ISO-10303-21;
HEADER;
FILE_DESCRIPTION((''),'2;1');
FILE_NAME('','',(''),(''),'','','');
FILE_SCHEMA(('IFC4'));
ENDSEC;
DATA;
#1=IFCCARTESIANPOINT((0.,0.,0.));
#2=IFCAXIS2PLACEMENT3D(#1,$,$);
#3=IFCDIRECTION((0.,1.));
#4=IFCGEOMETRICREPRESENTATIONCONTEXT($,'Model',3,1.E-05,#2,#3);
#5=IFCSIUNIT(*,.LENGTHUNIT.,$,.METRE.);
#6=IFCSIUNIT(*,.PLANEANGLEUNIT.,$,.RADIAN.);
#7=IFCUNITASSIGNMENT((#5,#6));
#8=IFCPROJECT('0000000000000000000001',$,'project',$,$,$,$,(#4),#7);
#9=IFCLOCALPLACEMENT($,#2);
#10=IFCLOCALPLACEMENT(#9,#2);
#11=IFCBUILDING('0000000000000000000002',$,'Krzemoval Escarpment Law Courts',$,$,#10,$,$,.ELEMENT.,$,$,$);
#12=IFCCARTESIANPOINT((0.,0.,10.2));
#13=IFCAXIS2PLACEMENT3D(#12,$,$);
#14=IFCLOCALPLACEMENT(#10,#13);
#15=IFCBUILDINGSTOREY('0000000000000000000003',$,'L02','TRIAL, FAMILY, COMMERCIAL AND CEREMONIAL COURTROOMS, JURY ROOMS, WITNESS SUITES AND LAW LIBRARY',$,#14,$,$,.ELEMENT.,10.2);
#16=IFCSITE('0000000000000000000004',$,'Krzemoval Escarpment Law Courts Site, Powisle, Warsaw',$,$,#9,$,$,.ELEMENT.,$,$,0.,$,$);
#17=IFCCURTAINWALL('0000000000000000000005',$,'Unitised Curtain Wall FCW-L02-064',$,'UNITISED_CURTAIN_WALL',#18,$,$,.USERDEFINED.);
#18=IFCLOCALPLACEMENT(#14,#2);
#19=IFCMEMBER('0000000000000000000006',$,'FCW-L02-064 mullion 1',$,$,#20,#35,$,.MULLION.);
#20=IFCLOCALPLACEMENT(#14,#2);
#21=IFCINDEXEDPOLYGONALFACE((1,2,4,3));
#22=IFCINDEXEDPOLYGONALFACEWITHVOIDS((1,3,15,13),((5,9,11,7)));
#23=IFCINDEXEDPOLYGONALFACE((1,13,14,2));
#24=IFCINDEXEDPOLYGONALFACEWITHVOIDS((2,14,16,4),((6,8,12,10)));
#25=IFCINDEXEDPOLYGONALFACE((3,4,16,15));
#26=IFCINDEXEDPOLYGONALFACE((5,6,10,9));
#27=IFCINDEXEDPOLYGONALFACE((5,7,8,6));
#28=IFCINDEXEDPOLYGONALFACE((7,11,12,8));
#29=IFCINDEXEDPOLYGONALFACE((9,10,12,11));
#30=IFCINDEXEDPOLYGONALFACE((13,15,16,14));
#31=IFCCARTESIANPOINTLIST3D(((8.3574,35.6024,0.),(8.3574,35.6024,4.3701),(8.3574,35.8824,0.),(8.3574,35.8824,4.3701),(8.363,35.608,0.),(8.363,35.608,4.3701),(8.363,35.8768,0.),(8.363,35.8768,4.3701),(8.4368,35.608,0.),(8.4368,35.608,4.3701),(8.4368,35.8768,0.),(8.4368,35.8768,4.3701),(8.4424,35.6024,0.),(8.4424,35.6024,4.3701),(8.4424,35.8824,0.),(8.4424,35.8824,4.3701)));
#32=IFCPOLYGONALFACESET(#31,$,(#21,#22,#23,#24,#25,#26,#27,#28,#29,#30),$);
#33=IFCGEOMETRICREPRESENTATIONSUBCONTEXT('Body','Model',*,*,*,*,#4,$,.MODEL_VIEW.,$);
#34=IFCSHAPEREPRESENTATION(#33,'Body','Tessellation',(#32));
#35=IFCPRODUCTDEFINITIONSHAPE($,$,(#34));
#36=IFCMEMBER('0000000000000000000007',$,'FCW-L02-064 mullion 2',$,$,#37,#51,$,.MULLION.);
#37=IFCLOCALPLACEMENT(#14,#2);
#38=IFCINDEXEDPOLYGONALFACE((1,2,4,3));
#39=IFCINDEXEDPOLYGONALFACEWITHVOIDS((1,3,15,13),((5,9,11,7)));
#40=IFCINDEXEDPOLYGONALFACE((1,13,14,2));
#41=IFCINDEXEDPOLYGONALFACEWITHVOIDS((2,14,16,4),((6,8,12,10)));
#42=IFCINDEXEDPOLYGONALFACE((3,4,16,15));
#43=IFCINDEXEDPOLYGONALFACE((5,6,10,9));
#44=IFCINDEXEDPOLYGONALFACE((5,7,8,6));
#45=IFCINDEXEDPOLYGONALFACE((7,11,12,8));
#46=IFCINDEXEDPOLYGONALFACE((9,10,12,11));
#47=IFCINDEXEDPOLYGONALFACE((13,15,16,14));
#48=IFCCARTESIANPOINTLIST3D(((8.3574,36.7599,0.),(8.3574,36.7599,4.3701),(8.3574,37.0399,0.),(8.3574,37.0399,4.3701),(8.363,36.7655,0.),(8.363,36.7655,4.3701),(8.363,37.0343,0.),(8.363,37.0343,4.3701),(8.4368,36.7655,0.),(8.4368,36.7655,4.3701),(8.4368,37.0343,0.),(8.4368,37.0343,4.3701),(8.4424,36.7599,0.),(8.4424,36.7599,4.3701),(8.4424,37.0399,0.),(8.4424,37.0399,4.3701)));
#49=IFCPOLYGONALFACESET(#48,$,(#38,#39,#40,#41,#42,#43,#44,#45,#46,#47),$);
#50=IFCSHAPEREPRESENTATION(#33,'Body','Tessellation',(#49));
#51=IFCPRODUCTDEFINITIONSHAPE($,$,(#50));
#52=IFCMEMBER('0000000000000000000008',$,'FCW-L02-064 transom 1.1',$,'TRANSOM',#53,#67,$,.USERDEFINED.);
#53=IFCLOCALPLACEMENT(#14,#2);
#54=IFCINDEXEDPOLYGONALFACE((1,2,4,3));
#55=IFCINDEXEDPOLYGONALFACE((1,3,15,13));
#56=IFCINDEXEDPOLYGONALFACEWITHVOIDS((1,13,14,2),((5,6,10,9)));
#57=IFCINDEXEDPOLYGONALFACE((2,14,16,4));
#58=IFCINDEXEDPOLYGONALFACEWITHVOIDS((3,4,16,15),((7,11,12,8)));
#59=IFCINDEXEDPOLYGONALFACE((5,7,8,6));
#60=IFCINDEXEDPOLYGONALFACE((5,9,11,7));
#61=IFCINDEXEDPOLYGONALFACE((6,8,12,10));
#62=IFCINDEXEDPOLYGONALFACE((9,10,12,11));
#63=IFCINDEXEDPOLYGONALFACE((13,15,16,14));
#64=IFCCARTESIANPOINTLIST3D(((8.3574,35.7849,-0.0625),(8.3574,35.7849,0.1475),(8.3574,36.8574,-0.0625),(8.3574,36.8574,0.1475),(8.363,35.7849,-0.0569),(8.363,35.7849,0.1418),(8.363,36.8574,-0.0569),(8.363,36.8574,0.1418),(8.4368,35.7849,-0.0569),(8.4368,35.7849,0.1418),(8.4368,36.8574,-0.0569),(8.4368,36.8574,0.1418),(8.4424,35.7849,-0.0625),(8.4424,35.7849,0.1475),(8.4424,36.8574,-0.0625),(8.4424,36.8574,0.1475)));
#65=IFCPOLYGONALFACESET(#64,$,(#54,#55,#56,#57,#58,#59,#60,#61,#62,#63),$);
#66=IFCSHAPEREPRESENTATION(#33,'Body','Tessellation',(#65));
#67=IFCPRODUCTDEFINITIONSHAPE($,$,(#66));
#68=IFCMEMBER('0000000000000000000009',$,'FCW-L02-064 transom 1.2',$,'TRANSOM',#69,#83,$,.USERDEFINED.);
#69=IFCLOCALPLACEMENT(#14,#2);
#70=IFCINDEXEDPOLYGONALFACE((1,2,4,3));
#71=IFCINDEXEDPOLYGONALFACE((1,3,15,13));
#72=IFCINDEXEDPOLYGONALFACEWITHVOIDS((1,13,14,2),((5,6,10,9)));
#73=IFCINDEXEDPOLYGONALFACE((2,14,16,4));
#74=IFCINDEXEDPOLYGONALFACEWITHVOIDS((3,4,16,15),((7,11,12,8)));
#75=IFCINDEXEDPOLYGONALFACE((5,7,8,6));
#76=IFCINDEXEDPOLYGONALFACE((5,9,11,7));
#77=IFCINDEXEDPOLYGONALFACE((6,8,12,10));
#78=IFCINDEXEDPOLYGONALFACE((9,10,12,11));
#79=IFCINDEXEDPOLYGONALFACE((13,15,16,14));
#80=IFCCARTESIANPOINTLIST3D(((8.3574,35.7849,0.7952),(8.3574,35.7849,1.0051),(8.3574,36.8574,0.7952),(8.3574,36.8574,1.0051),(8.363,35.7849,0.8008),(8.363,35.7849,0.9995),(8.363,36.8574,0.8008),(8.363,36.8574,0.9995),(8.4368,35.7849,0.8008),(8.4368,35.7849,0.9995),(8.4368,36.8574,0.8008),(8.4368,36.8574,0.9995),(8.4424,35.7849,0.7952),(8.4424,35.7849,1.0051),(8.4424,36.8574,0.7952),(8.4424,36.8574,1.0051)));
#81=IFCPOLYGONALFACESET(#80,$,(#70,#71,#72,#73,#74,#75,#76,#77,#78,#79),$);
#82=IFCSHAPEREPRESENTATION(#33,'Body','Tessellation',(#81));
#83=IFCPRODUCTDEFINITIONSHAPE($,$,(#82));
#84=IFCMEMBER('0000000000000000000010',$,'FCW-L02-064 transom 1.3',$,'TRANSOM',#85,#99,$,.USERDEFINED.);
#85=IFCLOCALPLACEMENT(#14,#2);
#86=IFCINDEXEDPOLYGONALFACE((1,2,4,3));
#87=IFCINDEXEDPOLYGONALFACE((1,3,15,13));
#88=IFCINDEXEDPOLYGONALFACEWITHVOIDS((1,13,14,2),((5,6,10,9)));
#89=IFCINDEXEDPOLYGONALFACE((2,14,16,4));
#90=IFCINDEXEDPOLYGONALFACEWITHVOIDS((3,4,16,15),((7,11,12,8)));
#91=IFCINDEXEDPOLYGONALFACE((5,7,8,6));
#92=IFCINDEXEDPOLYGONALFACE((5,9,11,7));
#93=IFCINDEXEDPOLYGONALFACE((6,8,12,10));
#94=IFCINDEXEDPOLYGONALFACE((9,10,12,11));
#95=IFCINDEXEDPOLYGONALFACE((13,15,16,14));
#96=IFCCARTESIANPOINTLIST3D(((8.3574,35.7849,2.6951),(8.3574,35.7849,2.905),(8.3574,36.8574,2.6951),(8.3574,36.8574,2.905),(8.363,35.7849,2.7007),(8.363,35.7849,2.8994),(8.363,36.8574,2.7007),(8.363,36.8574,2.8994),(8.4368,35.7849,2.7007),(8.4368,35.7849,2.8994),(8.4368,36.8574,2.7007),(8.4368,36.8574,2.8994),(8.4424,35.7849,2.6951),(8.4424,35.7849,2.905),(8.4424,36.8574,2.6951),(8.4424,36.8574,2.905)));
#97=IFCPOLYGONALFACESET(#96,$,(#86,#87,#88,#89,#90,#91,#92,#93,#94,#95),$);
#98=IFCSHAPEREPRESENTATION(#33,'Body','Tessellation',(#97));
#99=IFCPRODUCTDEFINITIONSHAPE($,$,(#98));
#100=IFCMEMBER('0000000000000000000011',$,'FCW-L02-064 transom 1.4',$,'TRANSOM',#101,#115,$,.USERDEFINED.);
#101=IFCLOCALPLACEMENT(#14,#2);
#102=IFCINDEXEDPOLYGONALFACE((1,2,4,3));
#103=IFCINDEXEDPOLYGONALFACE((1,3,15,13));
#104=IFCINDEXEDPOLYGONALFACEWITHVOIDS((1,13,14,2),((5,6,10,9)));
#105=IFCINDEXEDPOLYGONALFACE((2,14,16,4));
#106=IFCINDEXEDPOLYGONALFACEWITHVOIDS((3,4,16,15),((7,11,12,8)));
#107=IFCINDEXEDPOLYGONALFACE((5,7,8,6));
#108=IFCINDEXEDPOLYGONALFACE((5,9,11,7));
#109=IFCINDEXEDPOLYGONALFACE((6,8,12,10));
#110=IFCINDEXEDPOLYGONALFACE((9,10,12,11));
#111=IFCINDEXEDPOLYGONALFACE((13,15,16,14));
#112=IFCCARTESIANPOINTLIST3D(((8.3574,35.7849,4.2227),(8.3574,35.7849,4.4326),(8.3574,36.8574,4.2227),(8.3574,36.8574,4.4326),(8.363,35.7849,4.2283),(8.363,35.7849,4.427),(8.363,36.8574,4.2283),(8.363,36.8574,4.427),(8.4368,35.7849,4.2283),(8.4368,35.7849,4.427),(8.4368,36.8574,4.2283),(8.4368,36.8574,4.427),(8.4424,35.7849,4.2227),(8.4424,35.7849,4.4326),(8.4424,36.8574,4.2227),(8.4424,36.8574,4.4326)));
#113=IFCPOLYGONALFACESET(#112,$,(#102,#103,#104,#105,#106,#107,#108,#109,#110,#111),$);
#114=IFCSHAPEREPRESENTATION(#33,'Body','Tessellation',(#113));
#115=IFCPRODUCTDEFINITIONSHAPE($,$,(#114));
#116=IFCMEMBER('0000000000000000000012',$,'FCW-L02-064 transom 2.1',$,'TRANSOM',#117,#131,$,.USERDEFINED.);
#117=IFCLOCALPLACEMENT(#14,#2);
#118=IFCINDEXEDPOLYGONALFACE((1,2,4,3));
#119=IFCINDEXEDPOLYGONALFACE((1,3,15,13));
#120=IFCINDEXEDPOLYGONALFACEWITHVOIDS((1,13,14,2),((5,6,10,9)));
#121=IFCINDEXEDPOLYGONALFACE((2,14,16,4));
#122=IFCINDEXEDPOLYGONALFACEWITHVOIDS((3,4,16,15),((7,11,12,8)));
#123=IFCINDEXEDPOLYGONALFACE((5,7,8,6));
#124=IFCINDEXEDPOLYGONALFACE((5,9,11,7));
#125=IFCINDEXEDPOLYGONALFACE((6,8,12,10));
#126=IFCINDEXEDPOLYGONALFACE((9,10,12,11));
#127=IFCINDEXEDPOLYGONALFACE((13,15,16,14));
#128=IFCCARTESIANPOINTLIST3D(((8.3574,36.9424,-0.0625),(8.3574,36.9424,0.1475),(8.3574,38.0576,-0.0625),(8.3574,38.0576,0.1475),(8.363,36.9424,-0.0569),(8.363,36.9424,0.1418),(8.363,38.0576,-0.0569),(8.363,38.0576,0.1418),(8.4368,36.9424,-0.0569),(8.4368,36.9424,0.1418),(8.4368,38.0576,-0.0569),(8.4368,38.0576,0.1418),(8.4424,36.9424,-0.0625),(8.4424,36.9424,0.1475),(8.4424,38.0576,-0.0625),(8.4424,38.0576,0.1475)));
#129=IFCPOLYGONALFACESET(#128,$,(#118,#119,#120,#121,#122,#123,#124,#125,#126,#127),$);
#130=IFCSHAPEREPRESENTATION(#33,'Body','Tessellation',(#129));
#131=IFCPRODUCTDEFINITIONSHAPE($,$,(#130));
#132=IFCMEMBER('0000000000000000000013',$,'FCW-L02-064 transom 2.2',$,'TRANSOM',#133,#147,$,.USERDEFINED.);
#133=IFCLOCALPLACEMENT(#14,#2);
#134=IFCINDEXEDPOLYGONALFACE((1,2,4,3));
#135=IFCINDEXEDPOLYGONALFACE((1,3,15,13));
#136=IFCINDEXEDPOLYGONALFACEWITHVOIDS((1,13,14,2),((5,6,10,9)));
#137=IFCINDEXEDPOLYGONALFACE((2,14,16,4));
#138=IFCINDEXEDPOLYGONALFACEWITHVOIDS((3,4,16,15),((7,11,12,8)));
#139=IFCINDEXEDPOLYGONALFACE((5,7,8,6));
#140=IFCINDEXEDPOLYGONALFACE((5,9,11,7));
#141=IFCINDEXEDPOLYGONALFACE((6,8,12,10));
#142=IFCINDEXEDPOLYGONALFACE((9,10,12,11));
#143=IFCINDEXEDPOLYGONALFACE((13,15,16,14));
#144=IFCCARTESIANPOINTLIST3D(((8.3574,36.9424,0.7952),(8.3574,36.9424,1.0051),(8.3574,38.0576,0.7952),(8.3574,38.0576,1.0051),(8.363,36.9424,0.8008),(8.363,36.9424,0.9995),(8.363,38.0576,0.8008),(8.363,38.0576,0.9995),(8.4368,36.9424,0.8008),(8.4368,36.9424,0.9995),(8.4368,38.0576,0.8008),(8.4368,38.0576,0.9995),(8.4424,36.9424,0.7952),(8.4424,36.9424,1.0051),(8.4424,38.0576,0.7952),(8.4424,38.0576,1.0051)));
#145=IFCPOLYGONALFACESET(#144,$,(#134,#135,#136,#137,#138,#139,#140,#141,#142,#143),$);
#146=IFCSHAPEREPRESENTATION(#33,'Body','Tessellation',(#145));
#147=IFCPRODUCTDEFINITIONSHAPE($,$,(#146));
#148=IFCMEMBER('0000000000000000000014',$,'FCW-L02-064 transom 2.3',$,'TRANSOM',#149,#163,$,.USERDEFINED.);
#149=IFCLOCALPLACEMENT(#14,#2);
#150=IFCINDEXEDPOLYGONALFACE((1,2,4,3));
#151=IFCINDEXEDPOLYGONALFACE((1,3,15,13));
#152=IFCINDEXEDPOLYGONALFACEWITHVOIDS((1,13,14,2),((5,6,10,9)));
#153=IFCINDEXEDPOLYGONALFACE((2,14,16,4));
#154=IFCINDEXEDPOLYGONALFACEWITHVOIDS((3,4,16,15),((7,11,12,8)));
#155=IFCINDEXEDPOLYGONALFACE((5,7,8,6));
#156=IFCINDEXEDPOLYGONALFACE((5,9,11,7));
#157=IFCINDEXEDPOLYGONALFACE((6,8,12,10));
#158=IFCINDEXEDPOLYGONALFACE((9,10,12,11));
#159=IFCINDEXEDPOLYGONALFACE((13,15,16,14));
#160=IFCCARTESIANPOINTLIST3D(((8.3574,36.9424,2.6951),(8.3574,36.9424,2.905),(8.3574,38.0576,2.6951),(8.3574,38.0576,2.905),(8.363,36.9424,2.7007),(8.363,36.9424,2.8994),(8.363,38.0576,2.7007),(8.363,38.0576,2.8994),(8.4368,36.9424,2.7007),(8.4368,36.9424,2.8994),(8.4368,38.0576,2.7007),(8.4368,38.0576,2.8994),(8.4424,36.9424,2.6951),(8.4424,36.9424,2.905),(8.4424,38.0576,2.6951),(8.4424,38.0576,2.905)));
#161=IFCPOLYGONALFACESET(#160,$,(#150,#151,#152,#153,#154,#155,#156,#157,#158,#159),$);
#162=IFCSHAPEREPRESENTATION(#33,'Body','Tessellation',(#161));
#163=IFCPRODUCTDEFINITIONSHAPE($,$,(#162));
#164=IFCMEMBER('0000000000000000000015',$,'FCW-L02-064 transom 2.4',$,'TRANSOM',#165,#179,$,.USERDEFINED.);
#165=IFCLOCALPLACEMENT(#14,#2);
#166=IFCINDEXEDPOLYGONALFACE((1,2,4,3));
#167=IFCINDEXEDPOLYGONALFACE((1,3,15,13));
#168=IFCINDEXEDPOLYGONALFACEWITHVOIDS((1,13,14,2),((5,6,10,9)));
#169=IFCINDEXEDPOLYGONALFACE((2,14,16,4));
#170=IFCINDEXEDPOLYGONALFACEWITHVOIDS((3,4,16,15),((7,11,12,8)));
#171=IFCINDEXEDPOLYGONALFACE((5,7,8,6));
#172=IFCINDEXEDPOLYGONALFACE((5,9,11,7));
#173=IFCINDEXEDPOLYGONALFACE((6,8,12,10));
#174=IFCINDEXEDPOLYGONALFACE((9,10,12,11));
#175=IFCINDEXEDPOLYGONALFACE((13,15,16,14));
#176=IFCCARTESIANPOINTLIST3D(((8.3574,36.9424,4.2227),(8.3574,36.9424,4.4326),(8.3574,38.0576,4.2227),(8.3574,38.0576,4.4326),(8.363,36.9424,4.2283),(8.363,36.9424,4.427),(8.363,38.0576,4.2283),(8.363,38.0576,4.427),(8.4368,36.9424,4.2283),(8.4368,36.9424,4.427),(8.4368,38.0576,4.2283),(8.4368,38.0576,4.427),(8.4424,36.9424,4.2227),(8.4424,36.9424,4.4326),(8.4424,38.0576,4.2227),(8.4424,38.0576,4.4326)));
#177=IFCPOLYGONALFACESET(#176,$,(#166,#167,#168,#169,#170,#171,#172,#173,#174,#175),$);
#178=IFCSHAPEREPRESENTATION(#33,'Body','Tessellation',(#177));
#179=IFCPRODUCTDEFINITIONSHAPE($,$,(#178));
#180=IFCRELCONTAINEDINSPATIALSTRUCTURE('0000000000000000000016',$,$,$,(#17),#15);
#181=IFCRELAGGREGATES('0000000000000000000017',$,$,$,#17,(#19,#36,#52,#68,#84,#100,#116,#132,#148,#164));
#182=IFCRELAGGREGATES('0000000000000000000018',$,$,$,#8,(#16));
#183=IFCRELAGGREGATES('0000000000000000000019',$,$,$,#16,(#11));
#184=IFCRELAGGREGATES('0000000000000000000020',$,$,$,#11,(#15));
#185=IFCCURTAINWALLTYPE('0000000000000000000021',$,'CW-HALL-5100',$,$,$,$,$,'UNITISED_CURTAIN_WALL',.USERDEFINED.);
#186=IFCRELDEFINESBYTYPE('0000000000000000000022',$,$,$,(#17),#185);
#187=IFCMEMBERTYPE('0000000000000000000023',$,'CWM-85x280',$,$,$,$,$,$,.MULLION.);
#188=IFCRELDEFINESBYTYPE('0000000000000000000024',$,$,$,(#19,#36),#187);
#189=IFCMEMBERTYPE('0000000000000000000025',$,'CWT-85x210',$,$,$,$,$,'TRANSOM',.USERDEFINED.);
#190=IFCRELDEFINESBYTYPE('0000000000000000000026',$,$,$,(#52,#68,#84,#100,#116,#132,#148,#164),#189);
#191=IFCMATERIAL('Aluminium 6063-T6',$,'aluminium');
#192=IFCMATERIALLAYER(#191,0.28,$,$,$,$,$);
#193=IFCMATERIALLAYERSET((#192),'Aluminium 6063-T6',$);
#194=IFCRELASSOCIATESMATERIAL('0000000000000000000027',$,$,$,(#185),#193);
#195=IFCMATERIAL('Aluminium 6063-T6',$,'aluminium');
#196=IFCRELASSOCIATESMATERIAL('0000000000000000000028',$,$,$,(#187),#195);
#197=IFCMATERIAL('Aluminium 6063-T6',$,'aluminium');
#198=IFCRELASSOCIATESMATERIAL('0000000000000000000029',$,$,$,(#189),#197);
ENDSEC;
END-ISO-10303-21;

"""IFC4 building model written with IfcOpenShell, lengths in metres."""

from ifc_helpers import new_model, si_unit, direction, frame, origin, origin_2d, place, context, subcontext, project, spatial, hollow_rectangle, extrude, material, layer, layer_set, material_profile, profile_set, type_object, element, aggregate, save


model = new_model("IFC4")

# Units and contexts
model_context = context("Model", 3, precision=1e-05, world=origin(), true_north=direction((0.0, 1.0)))
body_context = subcontext(model_context, "Body", "Model", "MODEL_VIEW")
ifc_project = project(units=[si_unit("LENGTHUNIT", "METRE"), si_unit("PLANEANGLEUNIT", "RADIAN")], contexts=[model_context])

# Site, building, storey
site_placement = place(None, origin())
site = spatial("IfcSite", under=ifc_project, at=site_placement, Name="Krzemoval Escarpment Law Courts Site, Powisle, Warsaw", CompositionType="ELEMENT", RefElevation=0.0)
building_placement = place(site_placement, origin())
building = spatial("IfcBuilding", under=site, at=building_placement, Name="Krzemoval Escarpment Law Courts", CompositionType="ELEMENT")
storey_placement = place(building_placement, frame((0.0, 0.0, 10.2)))
storey = spatial("IfcBuildingStorey", under=building, at=storey_placement, Name="L02", Description="TRIAL, FAMILY, COMMERCIAL AND CEREMONIAL COURTROOMS, JURY ROOMS, WITNESS SUITES AND LAW LIBRARY", CompositionType="ELEMENT", Elevation=10.2)

# Curtain wall, members
ifc_material_1 = material(Name="Aluminium 6063-T6", Category="aluminium")
ifc_layer_1 = layer(ifc_material_1, 0.28)
ifc_layer_set_1 = layer_set([ifc_layer_1], Name="Aluminium 6063-T6")
curtain_wall_type = type_object("IfcCurtainWallType", Name="CW-HALL-5100", ElementType="UNITISED_CURTAIN_WALL", PredefinedType="USERDEFINED", material=ifc_layer_set_1)
curtain_wall_placement = place(storey_placement, origin())
curtain_wall = element("IfcCurtainWall", 1, at=curtain_wall_placement, inside=storey, type_object=curtain_wall_type, Name="Unitised Curtain Wall FCW-L02-064", ObjectType="UNITISED_CURTAIN_WALL", PredefinedType="USERDEFINED")
ifc_material_2 = material(Name="Aluminium 6063-T6", Category="aluminium")
ifc_material_profile_1 = material_profile(ifc_material_2, hollow_rectangle(XDim=0.085, YDim=0.28, WallThickness=0.0056, at=origin_2d()), Name="ALU M85x280")
ifc_profile_set_1 = profile_set([ifc_material_profile_1], Name="Aluminium 6063-T6")
member_type_1 = type_object("IfcMemberType", Name="CWM-85x280", PredefinedType="MULLION", material=ifc_profile_set_1)
member_1_placement = place(storey_placement, frame((8.3999, 35.7424, 0.0), z_axis=(0.0, 0.0, 1.0), x_axis=(-1.0, 0.0, 0.0)))
member_1 = element("IfcMember", 2, at=member_1_placement, type_object=member_type_1, Name="FCW-L02-064 mullion 1", PredefinedType="MULLION", context=body_context, shape_type="SweptSolid", body=[
    extrude(hollow_rectangle(XDim=0.085, YDim=0.28, WallThickness=0.0056, at=origin_2d()), origin(), (0.0, 0.0, 1.0), 4.3701),
])
member_2_placement = place(storey_placement, frame((8.3999, 36.8999, 0.0), z_axis=(0.0, 0.0, 1.0), x_axis=(-1.0, 0.0, 0.0)))
member_2 = element("IfcMember", 3, at=member_2_placement, type_object=member_type_1, Name="FCW-L02-064 mullion 2", PredefinedType="MULLION", context=body_context, shape_type="SweptSolid", body=[
    extrude(hollow_rectangle(XDim=0.085, YDim=0.28, WallThickness=0.0056, at=origin_2d()), origin(), (0.0, 0.0, 1.0), 4.3701),
])
ifc_material_3 = material(Name="Aluminium 6063-T6", Category="aluminium")
ifc_material_profile_2 = material_profile(ifc_material_3, hollow_rectangle(XDim=0.085, YDim=0.21, WallThickness=0.0056, at=origin_2d()), Name="ALU T85x210")
ifc_profile_set_2 = profile_set([ifc_material_profile_2], Name="Aluminium 6063-T6")
member_type_2 = type_object("IfcMemberType", Name="CWT-85x210", ElementType="TRANSOM", PredefinedType="USERDEFINED", material=ifc_profile_set_2)
member_3_placement = place(storey_placement, frame((8.3999, 35.7849, 0.0425), z_axis=(0.0, 1.0, 0.0), x_axis=(-1.0, 0.0, 0.0)))
member_3 = element("IfcMember", 4, at=member_3_placement, type_object=member_type_2, Name="FCW-L02-064 transom 1.1", ObjectType="TRANSOM", PredefinedType="USERDEFINED", context=body_context, shape_type="SweptSolid", body=[
    extrude(hollow_rectangle(XDim=0.085, YDim=0.21, WallThickness=0.0056, at=origin_2d()), origin(), (0.0, 0.0, 1.0), 1.0725),
])
member_4_placement = place(storey_placement, frame((8.3999, 35.7849, 0.9001), z_axis=(0.0, 1.0, 0.0), x_axis=(-1.0, 0.0, 0.0)))
member_4 = element("IfcMember", 5, at=member_4_placement, type_object=member_type_2, Name="FCW-L02-064 transom 1.2", ObjectType="TRANSOM", PredefinedType="USERDEFINED", context=body_context, shape_type="SweptSolid", body=[
    extrude(hollow_rectangle(XDim=0.085, YDim=0.21, WallThickness=0.0056, at=origin_2d()), origin(), (0.0, 0.0, 1.0), 1.0725),
])
member_5_placement = place(storey_placement, frame((8.3999, 35.7849, 2.8), z_axis=(0.0, 1.0, 0.0), x_axis=(-1.0, 0.0, 0.0)))
member_5 = element("IfcMember", 6, at=member_5_placement, type_object=member_type_2, Name="FCW-L02-064 transom 1.3", ObjectType="TRANSOM", PredefinedType="USERDEFINED", context=body_context, shape_type="SweptSolid", body=[
    extrude(hollow_rectangle(XDim=0.085, YDim=0.21, WallThickness=0.0056, at=origin_2d()), origin(), (0.0, 0.0, 1.0), 1.0725),
])
member_6_placement = place(storey_placement, frame((8.3999, 35.7849, 4.3276), z_axis=(0.0, 1.0, 0.0), x_axis=(-1.0, 0.0, 0.0)))
member_6 = element("IfcMember", 7, at=member_6_placement, type_object=member_type_2, Name="FCW-L02-064 transom 1.4", ObjectType="TRANSOM", PredefinedType="USERDEFINED", context=body_context, shape_type="SweptSolid", body=[
    extrude(hollow_rectangle(XDim=0.085, YDim=0.21, WallThickness=0.0056, at=origin_2d()), origin(), (0.0, 0.0, 1.0), 1.0725),
])
member_7_placement = place(storey_placement, frame((8.3999, 36.9424, 0.0425), z_axis=(0.0, 1.0, 0.0), x_axis=(-1.0, 0.0, 0.0)))
member_7 = element("IfcMember", 8, at=member_7_placement, type_object=member_type_2, Name="FCW-L02-064 transom 2.1", ObjectType="TRANSOM", PredefinedType="USERDEFINED", context=body_context, shape_type="SweptSolid", body=[
    extrude(hollow_rectangle(XDim=0.085, YDim=0.21, WallThickness=0.0056, at=origin_2d()), origin(), (0.0, 0.0, 1.0), 1.1152),
])
member_8_placement = place(storey_placement, frame((8.3999, 36.9424, 0.9001), z_axis=(0.0, 1.0, 0.0), x_axis=(-1.0, 0.0, 0.0)))
member_8 = element("IfcMember", 9, at=member_8_placement, type_object=member_type_2, Name="FCW-L02-064 transom 2.2", ObjectType="TRANSOM", PredefinedType="USERDEFINED", context=body_context, shape_type="SweptSolid", body=[
    extrude(hollow_rectangle(XDim=0.085, YDim=0.21, WallThickness=0.0056, at=origin_2d()), origin(), (0.0, 0.0, 1.0), 1.1152),
])
member_9_placement = place(storey_placement, frame((8.3999, 36.9424, 2.8), z_axis=(0.0, 1.0, 0.0), x_axis=(-1.0, 0.0, 0.0)))
member_9 = element("IfcMember", 10, at=member_9_placement, type_object=member_type_2, Name="FCW-L02-064 transom 2.3", ObjectType="TRANSOM", PredefinedType="USERDEFINED", context=body_context, shape_type="SweptSolid", body=[
    extrude(hollow_rectangle(XDim=0.085, YDim=0.21, WallThickness=0.0056, at=origin_2d()), origin(), (0.0, 0.0, 1.0), 1.1152),
])
member_10_placement = place(storey_placement, frame((8.3999, 36.9424, 4.3276), z_axis=(0.0, 1.0, 0.0), x_axis=(-1.0, 0.0, 0.0)))
member_10 = element("IfcMember", 11, at=member_10_placement, type_object=member_type_2, Name="FCW-L02-064 transom 2.4", ObjectType="TRANSOM", PredefinedType="USERDEFINED", context=body_context, shape_type="SweptSolid", body=[
    extrude(hollow_rectangle(XDim=0.085, YDim=0.21, WallThickness=0.0056, at=origin_2d()), origin(), (0.0, 0.0, 1.0), 1.1152),
])

aggregate(curtain_wall, [member_1, member_2, member_3, member_4, member_5, member_6, member_7, member_8, member_9, member_10])

save(model, "model.ifc")
